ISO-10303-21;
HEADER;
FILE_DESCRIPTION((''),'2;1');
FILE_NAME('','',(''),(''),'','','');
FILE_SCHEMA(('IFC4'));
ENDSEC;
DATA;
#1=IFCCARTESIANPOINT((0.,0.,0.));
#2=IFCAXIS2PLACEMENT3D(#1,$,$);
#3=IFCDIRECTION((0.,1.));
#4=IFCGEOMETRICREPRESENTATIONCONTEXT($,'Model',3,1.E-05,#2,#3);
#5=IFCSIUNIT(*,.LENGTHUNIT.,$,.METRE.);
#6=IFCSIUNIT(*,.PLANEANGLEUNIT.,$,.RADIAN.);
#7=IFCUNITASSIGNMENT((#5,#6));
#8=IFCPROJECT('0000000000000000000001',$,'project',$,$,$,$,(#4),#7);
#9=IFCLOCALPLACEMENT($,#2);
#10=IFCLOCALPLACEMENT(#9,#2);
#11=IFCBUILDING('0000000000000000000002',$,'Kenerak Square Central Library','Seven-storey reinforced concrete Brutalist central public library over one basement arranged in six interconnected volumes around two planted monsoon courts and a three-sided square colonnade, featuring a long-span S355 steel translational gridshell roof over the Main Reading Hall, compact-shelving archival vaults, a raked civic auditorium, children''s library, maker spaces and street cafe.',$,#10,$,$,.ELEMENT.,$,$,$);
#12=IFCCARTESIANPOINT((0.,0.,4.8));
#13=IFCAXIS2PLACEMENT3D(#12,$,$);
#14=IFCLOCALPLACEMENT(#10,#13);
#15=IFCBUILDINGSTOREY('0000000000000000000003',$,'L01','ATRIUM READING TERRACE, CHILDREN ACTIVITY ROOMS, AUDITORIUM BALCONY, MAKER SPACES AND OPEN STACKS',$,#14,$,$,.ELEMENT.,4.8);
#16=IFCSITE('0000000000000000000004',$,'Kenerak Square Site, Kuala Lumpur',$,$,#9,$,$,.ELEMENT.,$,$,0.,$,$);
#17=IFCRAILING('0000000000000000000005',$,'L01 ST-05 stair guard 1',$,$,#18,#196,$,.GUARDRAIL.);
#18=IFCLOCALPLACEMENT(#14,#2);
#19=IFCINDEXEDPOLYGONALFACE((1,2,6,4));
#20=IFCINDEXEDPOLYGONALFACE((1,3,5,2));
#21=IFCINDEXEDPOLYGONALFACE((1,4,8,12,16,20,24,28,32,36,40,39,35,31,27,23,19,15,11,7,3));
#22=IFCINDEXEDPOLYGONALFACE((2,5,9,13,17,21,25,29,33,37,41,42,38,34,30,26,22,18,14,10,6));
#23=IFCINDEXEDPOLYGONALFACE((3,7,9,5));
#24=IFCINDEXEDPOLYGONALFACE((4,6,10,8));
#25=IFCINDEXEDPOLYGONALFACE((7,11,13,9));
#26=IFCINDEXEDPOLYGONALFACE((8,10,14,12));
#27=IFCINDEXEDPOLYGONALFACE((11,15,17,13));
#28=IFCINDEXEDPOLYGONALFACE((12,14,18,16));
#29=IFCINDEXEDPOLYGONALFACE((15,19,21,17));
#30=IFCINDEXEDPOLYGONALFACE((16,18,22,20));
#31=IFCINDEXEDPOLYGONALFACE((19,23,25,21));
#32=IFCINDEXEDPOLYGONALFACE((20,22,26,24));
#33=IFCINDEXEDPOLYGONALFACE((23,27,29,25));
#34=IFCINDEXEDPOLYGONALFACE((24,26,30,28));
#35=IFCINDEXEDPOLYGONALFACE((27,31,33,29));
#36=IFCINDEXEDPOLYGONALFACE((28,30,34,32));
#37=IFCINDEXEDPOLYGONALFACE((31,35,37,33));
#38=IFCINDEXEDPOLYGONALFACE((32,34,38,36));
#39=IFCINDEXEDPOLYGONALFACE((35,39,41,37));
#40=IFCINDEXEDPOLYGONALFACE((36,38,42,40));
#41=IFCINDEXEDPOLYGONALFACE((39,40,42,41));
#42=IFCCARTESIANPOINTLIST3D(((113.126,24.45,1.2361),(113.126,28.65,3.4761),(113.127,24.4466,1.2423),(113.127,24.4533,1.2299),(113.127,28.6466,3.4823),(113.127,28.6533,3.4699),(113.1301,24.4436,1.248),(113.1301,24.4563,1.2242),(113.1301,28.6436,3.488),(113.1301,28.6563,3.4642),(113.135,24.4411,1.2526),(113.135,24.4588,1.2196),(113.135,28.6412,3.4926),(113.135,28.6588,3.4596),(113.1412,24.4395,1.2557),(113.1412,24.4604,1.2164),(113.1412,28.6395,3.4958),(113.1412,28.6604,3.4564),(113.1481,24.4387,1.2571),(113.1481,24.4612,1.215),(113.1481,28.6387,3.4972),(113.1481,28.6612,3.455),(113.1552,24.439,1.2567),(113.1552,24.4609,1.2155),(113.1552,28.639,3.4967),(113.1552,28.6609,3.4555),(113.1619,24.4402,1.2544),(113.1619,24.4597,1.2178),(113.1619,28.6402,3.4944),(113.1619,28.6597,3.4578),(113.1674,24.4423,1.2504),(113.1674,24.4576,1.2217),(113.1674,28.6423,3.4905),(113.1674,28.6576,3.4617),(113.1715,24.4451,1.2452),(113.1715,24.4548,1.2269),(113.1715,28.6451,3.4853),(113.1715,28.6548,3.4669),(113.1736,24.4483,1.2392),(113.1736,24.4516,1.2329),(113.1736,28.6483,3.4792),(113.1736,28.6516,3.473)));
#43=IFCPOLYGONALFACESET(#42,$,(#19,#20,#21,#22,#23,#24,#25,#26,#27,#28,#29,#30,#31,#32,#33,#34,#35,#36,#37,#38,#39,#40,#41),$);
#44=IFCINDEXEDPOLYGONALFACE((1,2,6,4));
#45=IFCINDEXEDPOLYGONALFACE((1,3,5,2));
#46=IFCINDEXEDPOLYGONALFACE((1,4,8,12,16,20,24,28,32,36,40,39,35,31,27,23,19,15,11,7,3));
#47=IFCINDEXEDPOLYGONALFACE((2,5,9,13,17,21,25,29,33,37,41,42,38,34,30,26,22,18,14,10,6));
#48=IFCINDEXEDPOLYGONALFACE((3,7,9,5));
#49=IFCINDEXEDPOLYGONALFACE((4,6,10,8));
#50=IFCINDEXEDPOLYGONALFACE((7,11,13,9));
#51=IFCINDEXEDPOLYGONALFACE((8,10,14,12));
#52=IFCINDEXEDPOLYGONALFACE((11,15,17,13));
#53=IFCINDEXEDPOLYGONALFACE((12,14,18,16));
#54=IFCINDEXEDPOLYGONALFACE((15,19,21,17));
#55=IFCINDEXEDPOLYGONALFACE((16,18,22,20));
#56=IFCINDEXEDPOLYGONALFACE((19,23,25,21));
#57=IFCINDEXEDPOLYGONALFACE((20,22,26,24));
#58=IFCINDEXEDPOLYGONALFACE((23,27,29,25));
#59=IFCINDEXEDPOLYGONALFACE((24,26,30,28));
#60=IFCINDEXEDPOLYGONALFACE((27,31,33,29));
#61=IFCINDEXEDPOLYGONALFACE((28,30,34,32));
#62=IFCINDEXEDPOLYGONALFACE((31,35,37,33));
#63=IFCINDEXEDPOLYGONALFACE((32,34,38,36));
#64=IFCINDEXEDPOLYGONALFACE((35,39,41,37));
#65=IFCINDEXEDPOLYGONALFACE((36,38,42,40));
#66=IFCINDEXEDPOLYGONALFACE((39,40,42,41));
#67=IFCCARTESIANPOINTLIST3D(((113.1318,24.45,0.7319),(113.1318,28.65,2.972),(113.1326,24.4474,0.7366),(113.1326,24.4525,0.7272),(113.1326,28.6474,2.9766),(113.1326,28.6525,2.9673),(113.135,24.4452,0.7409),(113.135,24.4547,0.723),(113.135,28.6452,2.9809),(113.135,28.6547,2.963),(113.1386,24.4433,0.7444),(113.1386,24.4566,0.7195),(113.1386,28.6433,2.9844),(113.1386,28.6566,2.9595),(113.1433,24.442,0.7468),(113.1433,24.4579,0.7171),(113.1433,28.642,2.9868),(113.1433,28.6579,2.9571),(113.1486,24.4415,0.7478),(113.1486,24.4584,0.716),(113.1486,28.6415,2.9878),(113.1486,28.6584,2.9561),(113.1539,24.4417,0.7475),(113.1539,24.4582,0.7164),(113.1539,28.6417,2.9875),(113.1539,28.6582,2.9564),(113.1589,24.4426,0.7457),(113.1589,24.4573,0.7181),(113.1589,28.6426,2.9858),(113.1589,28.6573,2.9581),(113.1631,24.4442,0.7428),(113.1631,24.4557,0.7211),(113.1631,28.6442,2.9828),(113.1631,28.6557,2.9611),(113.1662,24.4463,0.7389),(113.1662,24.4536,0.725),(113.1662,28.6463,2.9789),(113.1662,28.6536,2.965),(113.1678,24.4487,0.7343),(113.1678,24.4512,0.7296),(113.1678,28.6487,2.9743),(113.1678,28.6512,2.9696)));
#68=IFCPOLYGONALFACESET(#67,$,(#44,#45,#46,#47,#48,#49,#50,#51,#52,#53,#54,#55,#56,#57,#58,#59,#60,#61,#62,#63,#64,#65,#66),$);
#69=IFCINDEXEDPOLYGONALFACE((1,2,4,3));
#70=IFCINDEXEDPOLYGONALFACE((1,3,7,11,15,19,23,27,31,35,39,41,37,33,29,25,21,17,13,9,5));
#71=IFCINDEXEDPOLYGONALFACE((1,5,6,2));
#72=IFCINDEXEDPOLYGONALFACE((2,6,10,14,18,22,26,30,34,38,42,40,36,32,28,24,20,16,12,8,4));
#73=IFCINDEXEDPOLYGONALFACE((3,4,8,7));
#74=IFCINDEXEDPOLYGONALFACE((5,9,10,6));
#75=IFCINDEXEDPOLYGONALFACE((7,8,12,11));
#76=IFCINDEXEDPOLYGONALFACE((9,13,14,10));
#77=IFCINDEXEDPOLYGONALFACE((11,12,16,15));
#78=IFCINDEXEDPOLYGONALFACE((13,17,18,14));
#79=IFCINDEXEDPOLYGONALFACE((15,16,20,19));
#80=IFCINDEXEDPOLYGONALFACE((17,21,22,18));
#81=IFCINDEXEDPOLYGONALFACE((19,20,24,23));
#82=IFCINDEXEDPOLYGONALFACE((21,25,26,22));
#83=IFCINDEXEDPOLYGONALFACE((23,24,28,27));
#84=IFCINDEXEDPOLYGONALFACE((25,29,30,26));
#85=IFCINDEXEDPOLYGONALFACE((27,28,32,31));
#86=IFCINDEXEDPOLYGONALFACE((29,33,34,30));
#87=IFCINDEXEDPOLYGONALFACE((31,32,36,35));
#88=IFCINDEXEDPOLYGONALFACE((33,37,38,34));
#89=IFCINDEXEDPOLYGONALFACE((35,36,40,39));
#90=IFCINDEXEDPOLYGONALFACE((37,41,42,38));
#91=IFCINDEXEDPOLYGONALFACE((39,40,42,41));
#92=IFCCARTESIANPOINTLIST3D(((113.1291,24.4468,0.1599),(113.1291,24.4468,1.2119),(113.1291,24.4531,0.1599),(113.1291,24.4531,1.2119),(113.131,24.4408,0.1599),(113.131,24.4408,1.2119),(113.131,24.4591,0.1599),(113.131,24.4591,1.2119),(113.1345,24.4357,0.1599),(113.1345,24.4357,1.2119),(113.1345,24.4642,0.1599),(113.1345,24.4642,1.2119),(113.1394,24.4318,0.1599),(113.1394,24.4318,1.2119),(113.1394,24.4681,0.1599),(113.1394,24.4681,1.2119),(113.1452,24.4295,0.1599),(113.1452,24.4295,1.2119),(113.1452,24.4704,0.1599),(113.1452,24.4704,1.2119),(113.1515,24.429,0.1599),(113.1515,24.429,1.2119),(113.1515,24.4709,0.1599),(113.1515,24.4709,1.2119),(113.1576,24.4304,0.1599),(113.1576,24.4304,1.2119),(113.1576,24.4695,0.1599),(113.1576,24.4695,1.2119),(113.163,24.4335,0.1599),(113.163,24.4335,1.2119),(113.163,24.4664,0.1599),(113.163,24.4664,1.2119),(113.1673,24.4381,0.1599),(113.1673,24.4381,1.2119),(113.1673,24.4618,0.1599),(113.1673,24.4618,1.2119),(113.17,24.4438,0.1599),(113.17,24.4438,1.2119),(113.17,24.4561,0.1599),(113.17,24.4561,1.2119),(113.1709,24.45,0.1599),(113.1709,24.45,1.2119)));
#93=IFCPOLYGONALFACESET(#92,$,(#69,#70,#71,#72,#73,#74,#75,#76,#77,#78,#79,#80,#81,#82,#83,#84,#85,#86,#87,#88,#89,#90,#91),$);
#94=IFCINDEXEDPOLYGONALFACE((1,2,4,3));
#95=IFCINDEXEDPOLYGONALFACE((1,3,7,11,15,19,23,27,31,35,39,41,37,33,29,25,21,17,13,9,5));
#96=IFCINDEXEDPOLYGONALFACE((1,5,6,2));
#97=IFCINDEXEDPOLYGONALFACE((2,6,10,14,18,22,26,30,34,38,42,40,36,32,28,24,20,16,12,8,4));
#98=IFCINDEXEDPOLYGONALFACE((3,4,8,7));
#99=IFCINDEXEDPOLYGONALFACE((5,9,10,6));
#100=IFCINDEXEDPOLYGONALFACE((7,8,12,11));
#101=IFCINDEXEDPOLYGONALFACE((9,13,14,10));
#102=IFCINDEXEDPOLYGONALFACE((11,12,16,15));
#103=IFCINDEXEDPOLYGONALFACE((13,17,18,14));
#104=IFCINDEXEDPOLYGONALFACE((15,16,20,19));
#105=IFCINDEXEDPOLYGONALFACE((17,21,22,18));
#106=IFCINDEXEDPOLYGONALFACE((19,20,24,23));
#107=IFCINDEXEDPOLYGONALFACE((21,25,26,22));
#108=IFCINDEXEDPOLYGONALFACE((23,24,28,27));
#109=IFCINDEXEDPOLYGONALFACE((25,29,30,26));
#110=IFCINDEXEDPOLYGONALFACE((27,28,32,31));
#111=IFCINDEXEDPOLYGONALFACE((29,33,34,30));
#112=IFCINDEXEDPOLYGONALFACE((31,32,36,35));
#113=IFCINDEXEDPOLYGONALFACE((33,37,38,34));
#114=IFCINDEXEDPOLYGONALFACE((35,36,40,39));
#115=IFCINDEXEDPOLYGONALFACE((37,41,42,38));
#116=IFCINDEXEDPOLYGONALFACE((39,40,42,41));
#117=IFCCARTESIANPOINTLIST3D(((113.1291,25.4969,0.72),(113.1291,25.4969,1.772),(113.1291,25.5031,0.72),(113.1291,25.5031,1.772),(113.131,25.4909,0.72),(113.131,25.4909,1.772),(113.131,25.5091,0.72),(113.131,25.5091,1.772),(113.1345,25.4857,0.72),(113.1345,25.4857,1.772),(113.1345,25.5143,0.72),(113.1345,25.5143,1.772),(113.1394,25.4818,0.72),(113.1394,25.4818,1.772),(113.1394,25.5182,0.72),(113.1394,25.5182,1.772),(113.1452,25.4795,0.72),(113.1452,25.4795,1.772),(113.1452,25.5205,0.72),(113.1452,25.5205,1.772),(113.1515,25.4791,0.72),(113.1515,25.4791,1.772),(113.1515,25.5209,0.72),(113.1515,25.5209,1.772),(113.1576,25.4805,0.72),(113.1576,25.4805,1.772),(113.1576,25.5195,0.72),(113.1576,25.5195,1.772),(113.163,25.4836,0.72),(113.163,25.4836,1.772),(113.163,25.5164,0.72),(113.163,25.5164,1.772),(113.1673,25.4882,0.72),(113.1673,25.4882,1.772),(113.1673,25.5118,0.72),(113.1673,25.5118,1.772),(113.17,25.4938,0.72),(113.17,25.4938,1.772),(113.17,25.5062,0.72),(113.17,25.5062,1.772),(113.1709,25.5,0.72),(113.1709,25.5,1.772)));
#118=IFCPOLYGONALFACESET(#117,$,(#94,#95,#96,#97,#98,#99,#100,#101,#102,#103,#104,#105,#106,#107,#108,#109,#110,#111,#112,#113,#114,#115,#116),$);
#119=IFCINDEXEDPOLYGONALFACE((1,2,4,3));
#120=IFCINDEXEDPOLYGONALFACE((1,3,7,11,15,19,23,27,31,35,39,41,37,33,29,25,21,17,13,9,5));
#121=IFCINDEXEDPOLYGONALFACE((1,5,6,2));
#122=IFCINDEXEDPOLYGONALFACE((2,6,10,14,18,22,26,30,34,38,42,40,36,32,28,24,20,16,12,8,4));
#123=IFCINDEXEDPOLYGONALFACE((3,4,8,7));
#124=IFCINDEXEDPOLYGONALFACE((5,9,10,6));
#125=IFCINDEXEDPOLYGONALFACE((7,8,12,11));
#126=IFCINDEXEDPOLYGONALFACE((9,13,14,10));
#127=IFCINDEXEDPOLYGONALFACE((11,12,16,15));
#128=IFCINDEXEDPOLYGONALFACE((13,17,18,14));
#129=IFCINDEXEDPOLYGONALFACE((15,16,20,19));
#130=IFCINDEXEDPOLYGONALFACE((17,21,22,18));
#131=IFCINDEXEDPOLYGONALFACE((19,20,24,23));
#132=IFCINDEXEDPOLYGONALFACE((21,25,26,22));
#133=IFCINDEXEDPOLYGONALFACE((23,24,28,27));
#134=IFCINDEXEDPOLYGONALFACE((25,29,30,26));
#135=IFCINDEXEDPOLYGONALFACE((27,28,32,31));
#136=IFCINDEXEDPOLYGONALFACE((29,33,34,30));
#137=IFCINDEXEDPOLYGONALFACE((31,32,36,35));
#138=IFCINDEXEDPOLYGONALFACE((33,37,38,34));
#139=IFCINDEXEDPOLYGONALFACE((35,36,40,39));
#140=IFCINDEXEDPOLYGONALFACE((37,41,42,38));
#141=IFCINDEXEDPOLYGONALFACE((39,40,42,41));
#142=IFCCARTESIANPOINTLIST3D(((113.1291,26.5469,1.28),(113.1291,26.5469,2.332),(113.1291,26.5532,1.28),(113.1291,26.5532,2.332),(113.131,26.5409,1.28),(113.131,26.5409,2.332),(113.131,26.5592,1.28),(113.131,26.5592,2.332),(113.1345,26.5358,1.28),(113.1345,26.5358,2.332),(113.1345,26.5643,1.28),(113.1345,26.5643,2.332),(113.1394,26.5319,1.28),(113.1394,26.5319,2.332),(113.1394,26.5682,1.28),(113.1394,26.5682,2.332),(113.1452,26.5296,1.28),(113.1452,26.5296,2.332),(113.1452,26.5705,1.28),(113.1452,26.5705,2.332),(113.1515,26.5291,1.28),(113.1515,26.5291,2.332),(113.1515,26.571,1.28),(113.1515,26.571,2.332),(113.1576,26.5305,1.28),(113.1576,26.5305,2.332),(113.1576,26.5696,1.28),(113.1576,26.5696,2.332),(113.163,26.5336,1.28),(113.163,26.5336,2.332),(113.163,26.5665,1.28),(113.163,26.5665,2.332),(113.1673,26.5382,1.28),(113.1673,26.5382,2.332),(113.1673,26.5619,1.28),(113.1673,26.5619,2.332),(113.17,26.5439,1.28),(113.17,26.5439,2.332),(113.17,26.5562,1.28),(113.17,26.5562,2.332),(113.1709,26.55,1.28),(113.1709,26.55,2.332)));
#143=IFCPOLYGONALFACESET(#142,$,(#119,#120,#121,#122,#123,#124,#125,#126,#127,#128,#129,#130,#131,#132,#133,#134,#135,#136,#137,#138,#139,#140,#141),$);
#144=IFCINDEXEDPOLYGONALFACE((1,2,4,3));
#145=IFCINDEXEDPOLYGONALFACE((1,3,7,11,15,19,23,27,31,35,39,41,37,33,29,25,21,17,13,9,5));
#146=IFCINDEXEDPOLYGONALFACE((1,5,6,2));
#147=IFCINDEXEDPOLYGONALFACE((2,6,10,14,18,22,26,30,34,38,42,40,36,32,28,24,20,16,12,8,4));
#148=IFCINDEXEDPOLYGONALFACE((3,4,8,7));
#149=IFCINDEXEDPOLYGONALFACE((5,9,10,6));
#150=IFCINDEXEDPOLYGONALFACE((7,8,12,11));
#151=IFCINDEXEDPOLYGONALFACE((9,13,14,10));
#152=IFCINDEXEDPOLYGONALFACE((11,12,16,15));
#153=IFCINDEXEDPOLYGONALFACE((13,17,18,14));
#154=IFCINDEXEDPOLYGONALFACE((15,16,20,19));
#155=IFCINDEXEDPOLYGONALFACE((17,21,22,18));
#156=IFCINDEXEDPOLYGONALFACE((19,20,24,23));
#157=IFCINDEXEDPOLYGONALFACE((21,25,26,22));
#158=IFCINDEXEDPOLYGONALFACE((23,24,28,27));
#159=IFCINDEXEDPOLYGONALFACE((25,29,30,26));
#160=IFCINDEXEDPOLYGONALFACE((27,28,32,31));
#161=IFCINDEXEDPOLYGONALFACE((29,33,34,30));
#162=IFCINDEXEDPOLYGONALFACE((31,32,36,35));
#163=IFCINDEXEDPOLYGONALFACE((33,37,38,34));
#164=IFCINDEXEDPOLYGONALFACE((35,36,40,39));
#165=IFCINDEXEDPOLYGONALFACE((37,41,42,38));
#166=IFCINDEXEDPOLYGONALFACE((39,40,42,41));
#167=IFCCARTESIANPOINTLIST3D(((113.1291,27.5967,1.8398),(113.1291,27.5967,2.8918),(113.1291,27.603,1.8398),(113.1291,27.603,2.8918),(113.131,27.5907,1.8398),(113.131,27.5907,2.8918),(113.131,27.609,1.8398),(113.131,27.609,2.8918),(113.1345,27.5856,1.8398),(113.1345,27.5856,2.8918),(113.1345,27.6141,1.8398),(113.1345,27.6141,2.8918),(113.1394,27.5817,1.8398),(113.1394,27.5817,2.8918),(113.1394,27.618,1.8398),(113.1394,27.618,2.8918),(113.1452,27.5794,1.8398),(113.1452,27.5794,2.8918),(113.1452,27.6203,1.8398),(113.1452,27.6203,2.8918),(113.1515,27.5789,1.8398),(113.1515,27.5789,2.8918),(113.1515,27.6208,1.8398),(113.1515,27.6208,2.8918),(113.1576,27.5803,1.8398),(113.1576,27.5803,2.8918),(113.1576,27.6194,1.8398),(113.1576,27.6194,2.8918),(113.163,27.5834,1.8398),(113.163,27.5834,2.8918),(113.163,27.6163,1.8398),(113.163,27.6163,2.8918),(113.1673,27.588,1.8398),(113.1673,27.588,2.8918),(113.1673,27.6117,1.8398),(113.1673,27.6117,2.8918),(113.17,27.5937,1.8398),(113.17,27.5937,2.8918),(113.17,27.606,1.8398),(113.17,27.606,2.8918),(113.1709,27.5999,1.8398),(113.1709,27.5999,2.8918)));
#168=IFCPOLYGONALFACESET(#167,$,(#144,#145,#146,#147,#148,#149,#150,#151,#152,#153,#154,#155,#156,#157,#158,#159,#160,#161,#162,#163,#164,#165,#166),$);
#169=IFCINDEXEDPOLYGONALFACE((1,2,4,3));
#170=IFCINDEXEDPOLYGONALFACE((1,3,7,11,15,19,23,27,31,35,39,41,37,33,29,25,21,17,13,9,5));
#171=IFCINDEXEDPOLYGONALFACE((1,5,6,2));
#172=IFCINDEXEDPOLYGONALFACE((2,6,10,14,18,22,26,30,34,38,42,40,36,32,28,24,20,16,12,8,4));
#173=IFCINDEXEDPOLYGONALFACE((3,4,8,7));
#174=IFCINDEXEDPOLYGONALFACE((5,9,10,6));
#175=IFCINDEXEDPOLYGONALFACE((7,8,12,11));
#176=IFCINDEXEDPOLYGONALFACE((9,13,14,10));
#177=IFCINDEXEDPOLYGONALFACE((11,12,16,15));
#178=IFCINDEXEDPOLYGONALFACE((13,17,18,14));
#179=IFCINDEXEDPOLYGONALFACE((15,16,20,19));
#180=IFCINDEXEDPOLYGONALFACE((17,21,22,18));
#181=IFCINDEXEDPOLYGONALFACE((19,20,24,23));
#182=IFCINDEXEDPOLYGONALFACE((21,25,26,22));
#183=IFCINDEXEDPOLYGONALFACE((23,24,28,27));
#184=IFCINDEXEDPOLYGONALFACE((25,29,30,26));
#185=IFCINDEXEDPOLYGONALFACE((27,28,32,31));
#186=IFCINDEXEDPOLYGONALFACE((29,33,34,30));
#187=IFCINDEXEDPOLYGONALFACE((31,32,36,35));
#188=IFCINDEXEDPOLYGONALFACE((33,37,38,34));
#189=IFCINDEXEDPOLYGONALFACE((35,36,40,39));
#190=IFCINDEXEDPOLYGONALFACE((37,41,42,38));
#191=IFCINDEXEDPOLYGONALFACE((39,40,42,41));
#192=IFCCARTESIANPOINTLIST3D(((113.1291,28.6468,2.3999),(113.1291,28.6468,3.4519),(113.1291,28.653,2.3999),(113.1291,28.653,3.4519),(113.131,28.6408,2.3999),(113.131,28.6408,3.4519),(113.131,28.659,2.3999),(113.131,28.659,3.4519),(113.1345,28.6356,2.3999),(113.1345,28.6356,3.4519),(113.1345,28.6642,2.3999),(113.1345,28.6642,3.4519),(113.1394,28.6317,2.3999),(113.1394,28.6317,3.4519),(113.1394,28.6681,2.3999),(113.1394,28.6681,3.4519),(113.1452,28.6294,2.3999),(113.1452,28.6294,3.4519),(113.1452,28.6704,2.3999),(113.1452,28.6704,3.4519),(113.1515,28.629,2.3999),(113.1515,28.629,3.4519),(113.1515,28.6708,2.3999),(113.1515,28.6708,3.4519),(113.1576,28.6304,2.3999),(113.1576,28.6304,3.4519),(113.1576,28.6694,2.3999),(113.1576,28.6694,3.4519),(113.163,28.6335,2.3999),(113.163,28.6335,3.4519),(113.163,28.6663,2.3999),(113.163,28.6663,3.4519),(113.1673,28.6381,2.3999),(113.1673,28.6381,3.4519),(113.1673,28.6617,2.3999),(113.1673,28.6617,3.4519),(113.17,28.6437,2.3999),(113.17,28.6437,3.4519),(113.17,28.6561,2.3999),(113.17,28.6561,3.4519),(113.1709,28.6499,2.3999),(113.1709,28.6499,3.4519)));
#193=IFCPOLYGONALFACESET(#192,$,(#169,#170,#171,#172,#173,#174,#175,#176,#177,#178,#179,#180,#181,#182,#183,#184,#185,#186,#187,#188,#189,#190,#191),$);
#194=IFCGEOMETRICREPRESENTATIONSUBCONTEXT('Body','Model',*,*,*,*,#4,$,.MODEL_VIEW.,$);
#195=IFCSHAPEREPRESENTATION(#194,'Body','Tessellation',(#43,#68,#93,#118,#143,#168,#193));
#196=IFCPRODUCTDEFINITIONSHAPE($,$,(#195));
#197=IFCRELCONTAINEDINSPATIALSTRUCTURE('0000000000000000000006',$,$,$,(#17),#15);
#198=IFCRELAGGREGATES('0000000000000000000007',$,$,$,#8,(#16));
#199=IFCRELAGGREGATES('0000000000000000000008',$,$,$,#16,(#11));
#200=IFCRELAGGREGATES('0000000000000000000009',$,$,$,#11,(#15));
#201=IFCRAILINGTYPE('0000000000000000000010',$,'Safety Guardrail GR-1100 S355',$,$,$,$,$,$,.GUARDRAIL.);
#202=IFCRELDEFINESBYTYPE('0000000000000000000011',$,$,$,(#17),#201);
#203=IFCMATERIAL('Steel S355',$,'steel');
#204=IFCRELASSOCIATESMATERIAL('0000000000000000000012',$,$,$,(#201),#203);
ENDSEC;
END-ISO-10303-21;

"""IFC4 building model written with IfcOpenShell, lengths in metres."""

from ifc_helpers import new_model, si_unit, direction, frame, origin, origin_2d, place, context, subcontext, project, spatial, circle, extrude, material, type_object, element, save


model = new_model("IFC4")

# Units and contexts
model_context = context("Model", 3, precision=1e-05, world=origin(), true_north=direction((0.0, 1.0)))
body_context = subcontext(model_context, "Body", "Model", "MODEL_VIEW")
ifc_project = project(units=[si_unit("LENGTHUNIT", "METRE"), si_unit("PLANEANGLEUNIT", "RADIAN")], contexts=[model_context])

# Site, building, storey
site_placement = place(None, origin())
site = spatial("IfcSite", under=ifc_project, at=site_placement, Name="Kenerak Square Site, Kuala Lumpur", CompositionType="ELEMENT", RefElevation=0.0)
building_placement = place(site_placement, origin())
building = spatial("IfcBuilding", under=site, at=building_placement, Name="Kenerak Square Central Library", Description="Seven-storey reinforced concrete Brutalist central public library over one basement arranged in six interconnected volumes around two planted monsoon courts and a three-sided square colonnade, featuring a long-span S355 steel translational gridshell roof over the Main Reading Hall, compact-shelving archival vaults, a raked civic auditorium, children's library, maker spaces and street cafe.", CompositionType="ELEMENT")
storey_placement = place(building_placement, frame((0.0, 0.0, 4.8)))
storey = spatial("IfcBuildingStorey", under=building, at=storey_placement, Name="L01", Description="ATRIUM READING TERRACE, CHILDREN ACTIVITY ROOMS, AUDITORIUM BALCONY, MAKER SPACES AND OPEN STACKS", CompositionType="ELEMENT", Elevation=4.8)

# Shared definitions
ifc_material_1 = material(Name="Steel S355", Category="steel")

# Railing
railing_type_1 = type_object("IfcRailingType", Name="Safety Guardrail GR-1100 S355", PredefinedType="GUARDRAIL", material=ifc_material_1)
railing_1_placement = place(storey_placement, frame((113.1499, 24.45, 0.1599)))
element("IfcRailing", 1, at=railing_1_placement, inside=storey, type_object=railing_type_1, Name="L01 ST-05 stair guard 1", PredefinedType="GUARDRAIL", context=body_context, shape_type="SweptSolid", body=[
    extrude(circle(Radius=0.0239, at=origin_2d()), frame((0.0, 0.0, 1.0762), z_axis=(0.0, 0.882352, 0.470591), x_axis=(-1.0, 0.0, 0.0)), (0.0, 0.0, 1.0), 4.76),
    extrude(circle(Radius=0.0181, at=origin_2d()), frame((0.0, 0.0, 0.572), z_axis=(0.0, 0.882352, 0.470591), x_axis=(-1.0, 0.0, 0.0)), (0.0, 0.0, 1.0), 4.76),
    extrude(circle(Radius=0.021, at=origin_2d()), origin(), (0.0, 0.0, 1.0), 1.052),
    extrude(circle(Radius=0.021, at=origin_2d()), frame((0.0, 1.05, 0.5601)), (0.0, 0.0, 1.0), 1.052),
    extrude(circle(Radius=0.021, at=origin_2d()), frame((0.0, 2.1001, 1.1201)), (0.0, 0.0, 1.0), 1.052),
    extrude(circle(Radius=0.021, at=origin_2d()), frame((0.0, 3.1499, 1.6799)), (0.0, 0.0, 1.0), 1.052),
    extrude(circle(Radius=0.021, at=origin_2d()), frame((0.0, 4.2, 2.24)), (0.0, 0.0, 1.0), 1.052),
])

save(model, "model.ifc")
